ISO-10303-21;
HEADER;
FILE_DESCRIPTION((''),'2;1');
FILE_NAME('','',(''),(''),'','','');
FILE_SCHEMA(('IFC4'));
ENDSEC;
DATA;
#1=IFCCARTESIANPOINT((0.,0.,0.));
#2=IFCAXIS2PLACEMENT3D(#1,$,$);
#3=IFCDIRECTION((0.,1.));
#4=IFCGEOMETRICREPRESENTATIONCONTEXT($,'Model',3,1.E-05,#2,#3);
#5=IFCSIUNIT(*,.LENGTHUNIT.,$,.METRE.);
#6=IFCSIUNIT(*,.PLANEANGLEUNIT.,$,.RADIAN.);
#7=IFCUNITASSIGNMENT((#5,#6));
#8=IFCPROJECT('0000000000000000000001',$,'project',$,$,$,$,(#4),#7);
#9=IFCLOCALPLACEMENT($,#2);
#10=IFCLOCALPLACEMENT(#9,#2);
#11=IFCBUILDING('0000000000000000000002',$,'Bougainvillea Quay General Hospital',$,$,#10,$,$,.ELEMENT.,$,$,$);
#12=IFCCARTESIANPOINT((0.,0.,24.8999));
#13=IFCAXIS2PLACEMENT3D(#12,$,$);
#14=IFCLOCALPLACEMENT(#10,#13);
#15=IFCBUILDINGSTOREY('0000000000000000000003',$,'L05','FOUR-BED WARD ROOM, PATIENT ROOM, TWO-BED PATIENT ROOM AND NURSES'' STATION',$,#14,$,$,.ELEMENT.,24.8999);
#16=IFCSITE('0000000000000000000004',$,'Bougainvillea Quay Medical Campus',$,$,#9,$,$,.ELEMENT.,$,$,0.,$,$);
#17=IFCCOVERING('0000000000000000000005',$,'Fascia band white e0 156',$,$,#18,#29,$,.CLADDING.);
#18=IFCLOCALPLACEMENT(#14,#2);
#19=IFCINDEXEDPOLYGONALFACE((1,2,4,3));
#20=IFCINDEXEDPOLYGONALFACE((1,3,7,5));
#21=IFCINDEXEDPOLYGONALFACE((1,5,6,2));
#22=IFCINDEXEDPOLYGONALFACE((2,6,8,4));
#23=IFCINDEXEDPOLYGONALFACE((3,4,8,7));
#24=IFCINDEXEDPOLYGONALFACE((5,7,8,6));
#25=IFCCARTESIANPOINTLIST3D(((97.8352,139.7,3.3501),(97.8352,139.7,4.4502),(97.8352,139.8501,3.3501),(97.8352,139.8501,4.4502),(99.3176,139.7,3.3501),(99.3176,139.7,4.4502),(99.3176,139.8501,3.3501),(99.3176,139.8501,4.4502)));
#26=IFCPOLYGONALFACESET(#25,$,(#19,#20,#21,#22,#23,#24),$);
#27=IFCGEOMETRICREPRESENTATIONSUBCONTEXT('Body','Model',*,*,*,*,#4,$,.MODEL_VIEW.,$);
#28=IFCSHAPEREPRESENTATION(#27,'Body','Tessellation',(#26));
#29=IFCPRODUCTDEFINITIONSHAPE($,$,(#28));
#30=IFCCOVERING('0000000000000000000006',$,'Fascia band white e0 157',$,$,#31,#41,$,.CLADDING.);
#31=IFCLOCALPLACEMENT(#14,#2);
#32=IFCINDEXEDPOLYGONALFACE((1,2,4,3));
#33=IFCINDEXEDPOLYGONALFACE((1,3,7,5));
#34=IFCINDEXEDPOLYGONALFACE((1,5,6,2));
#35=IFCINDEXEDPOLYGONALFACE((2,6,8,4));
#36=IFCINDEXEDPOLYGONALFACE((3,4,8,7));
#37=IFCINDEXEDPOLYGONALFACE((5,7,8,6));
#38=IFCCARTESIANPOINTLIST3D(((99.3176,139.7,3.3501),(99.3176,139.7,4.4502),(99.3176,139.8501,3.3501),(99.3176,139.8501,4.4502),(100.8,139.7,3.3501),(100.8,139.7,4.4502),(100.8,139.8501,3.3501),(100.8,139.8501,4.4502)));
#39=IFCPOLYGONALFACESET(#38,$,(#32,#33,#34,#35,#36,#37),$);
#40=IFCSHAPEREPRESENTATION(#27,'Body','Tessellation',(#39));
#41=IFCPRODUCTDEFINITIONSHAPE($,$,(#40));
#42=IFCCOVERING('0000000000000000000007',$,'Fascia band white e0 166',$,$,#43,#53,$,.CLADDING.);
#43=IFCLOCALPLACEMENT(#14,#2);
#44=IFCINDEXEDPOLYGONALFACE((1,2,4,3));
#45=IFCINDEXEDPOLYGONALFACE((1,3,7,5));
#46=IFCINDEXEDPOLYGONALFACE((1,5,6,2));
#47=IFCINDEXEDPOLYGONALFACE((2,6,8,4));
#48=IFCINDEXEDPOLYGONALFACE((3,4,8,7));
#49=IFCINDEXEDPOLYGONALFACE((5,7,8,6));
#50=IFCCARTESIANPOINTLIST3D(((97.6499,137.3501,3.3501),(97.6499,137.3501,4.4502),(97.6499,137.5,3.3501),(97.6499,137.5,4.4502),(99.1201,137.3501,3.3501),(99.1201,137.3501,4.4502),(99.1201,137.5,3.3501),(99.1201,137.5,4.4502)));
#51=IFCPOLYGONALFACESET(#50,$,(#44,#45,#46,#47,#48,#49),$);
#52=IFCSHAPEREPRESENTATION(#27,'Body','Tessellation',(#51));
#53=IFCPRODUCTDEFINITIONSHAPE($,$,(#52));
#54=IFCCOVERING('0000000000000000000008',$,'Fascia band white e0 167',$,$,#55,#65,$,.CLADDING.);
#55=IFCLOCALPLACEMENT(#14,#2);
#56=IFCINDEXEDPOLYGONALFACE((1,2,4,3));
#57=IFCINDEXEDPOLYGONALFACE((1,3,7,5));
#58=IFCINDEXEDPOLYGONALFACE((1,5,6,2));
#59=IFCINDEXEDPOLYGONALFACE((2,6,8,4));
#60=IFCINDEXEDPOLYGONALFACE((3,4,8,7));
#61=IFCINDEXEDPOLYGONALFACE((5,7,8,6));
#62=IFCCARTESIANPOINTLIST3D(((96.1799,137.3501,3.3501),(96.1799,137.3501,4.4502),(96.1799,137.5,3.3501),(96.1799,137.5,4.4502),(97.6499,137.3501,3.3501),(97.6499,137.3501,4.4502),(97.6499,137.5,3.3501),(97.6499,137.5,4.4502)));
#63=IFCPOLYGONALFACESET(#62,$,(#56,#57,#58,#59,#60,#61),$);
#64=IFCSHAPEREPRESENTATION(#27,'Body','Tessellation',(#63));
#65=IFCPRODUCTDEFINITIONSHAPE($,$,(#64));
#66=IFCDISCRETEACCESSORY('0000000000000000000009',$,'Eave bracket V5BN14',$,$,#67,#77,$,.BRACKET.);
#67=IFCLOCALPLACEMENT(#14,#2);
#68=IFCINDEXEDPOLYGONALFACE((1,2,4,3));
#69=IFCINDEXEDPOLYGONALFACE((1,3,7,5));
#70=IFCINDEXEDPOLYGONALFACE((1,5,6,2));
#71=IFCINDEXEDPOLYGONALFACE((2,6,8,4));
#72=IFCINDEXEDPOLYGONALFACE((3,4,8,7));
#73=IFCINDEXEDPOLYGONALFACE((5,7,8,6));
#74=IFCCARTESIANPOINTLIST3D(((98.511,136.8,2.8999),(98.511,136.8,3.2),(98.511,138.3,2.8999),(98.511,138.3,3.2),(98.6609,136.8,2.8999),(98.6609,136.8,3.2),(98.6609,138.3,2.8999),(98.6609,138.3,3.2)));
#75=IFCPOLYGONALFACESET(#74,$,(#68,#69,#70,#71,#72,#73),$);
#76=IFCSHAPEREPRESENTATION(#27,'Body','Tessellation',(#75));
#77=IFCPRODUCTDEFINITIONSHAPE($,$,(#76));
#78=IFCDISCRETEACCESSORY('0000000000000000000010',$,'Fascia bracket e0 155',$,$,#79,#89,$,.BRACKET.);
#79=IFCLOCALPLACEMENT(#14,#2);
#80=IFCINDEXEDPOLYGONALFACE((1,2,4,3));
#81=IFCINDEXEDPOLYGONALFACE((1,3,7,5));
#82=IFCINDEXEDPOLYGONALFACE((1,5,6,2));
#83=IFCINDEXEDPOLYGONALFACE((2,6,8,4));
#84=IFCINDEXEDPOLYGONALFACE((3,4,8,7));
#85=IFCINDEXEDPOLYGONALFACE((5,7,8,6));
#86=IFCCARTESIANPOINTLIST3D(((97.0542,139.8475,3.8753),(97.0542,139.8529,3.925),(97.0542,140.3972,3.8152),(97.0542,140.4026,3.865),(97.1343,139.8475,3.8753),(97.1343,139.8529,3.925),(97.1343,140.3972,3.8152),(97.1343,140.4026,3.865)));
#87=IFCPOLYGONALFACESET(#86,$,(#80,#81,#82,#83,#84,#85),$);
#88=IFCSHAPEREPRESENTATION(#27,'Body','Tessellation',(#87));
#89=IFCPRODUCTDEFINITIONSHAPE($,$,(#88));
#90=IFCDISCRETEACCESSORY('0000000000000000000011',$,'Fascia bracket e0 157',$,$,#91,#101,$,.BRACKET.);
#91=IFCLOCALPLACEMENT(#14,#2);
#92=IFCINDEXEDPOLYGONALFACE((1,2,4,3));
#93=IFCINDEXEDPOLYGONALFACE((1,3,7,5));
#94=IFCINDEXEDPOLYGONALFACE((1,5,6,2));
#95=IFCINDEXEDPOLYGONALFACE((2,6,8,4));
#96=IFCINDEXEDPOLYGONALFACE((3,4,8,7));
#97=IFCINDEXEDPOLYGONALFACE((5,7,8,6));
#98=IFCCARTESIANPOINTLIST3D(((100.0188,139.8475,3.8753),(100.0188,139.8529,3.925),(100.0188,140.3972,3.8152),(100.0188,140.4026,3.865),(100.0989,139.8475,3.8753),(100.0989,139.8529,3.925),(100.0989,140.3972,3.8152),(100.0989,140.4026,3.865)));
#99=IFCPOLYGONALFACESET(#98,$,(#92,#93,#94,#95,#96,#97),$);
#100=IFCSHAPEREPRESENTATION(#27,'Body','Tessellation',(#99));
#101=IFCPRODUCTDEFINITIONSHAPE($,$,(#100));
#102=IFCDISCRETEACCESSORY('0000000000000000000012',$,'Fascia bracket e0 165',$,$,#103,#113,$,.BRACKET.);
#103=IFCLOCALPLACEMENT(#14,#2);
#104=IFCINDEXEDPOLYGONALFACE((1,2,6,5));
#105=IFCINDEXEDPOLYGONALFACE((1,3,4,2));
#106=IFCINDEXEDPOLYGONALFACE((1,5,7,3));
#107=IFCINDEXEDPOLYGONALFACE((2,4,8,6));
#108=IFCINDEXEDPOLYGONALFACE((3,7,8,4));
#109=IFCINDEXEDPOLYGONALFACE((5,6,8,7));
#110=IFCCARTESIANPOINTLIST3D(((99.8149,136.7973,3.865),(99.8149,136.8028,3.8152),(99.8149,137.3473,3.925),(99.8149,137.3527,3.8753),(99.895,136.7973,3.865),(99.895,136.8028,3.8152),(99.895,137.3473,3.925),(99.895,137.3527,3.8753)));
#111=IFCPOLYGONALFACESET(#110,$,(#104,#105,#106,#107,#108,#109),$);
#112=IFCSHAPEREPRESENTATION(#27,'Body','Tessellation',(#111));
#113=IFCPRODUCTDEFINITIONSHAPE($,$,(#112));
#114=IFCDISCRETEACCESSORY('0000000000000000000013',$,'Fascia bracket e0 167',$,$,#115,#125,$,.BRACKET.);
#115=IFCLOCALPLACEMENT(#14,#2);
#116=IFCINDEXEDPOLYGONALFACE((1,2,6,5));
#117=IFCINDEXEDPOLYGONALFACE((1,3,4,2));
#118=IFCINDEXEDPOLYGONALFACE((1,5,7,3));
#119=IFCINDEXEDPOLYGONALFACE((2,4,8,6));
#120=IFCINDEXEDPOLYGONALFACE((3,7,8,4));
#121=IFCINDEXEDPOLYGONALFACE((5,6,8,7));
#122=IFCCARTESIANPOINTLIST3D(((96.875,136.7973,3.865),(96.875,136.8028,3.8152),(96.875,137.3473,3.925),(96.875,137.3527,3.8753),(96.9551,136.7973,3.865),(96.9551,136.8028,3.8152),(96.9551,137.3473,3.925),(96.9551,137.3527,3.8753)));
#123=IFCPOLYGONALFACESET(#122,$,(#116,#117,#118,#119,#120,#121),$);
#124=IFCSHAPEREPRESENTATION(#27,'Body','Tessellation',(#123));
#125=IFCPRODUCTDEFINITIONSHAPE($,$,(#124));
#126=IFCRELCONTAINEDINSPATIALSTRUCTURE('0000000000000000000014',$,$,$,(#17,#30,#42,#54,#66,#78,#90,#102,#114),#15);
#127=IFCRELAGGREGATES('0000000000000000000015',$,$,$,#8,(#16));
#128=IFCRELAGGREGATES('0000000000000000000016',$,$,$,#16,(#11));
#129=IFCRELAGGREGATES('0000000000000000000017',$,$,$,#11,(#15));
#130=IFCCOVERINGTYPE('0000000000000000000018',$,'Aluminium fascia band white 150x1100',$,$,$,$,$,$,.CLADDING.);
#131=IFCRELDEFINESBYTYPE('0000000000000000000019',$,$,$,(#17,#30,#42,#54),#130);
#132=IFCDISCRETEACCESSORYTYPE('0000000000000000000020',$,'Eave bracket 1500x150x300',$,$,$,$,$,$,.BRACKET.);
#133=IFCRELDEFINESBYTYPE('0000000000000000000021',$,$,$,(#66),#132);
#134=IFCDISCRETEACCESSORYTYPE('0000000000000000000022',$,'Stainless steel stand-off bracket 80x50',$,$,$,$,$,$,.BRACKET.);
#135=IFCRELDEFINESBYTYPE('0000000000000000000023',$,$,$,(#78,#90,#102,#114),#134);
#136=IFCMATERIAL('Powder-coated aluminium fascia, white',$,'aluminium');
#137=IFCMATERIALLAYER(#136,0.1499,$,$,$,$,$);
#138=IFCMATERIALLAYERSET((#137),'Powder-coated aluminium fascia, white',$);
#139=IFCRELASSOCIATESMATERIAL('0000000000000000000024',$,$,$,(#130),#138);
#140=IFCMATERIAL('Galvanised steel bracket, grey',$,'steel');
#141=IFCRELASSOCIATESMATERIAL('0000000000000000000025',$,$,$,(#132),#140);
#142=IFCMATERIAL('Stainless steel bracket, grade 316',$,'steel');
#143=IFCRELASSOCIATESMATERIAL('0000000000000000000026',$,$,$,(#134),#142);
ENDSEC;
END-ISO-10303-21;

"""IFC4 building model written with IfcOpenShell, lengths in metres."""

from ifc_helpers import new_model, si_unit, direction, frame, origin, origin_2d, place, context, subcontext, project, spatial, polyline, rectangle, outline, extrude, material, layer, layer_set, material_profile, profile_set, type_object, element, save


model = new_model("IFC4")

# Units and contexts
model_context = context("Model", 3, precision=1e-05, world=origin(), true_north=direction((0.0, 1.0)))
body_context = subcontext(model_context, "Body", "Model", "MODEL_VIEW")
ifc_project = project(units=[si_unit("LENGTHUNIT", "METRE"), si_unit("PLANEANGLEUNIT", "RADIAN")], contexts=[model_context])

# Site, building, storey
site_placement = place(None, origin())
site = spatial("IfcSite", under=ifc_project, at=site_placement, Name="Bougainvillea Quay Medical Campus", CompositionType="ELEMENT", RefElevation=0.0)
building_placement = place(site_placement, origin())
building = spatial("IfcBuilding", under=site, at=building_placement, Name="Bougainvillea Quay General Hospital", CompositionType="ELEMENT")
storey_placement = place(building_placement, frame((0.0, 0.0, 24.8999)))
storey = spatial("IfcBuildingStorey", under=building, at=storey_placement, Name="L05", Description="FOUR-BED WARD ROOM, PATIENT ROOM, TWO-BED PATIENT ROOM AND NURSES' STATION", CompositionType="ELEMENT", Elevation=24.8999)

# Coverings
ifc_material_1 = material(Name="Powder-coated aluminium fascia, white", Category="aluminium")
ifc_layer_1 = layer(ifc_material_1, 0.1499)
ifc_layer_set_1 = layer_set([ifc_layer_1], Name="Powder-coated aluminium fascia, white")
covering_type = type_object("IfcCoveringType", Name="Aluminium fascia band white 150x1100", PredefinedType="CLADDING", material=ifc_layer_set_1)
for number, where, z_axis, x_axis, name in (
    (1, (97.8352, 139.8501, 3.3501), (0.0, 0.0, 1.0), (1.0, 0.0, 0.0), "Fascia band white e0 156"),
    (2, (99.3176, 139.8501, 3.3501), (0.0, 0.0, 1.0), (1.0, 0.0, 0.0), "Fascia band white e0 157"),
):
    element("IfcCovering", number, at=place(storey_placement, frame(where, z_axis=z_axis, x_axis=x_axis)), inside=storey, type_object=covering_type, Name=name, PredefinedType="CLADDING", context=body_context, shape_type="SweptSolid", body=[
        extrude(outline(polyline([(0.0, 0.0), (1.4824, 0.0), (1.4824, -0.1501), (0.0, -0.1501), (0.0, 0.0)])), origin(), (0.0, 0.0, 1.0), 1.1001),
    ])
covering_1_placement = place(storey_placement, frame((99.1201, 137.3501, 3.3501), z_axis=(0.0, 0.0, 1.0), x_axis=(-1.0, 0.0, 0.0)))
element("IfcCovering", 3, at=covering_1_placement, inside=storey, type_object=covering_type, Name="Fascia band white e0 166", PredefinedType="CLADDING", context=body_context, shape_type="SweptSolid", body=[
    extrude(outline(polyline([(0.0, 0.0), (1.4702, 0.0), (1.4702, -0.1499), (0.0, -0.1499), (0.0, 0.0)])), origin(), (0.0, 0.0, 1.0), 1.1001),
])
covering_2_placement = place(storey_placement, frame((97.6499, 137.3501, 3.3501), z_axis=(0.0, 0.0, 1.0), x_axis=(-1.0, 0.0, 0.0)))
element("IfcCovering", 4, at=covering_2_placement, inside=storey, type_object=covering_type, Name="Fascia band white e0 167", PredefinedType="CLADDING", context=body_context, shape_type="SweptSolid", body=[
    extrude(outline(polyline([(0.0, 0.0), (1.47, 0.0), (1.47, -0.1499), (0.0, -0.1499), (0.0, 0.0)])), origin(), (0.0, 0.0, 1.0), 1.1001),
])

# Discrete accessories
ifc_material_2 = material(Name="Galvanised steel bracket, grey", Category="steel")
discrete_accessory_type_1 = type_object("IfcDiscreteAccessoryType", Name="Eave bracket 1500x150x300", PredefinedType="BRACKET", material=ifc_material_2)
discrete_accessory_placement = place(storey_placement, frame((98.5859, 137.55, 2.8999), z_axis=(0.0, 0.0, 1.0), x_axis=(1.0, 0.0, 0.0)))
element("IfcDiscreteAccessory", 5, at=discrete_accessory_placement, inside=storey, type_object=discrete_accessory_type_1, Name="Eave bracket V5BN14", PredefinedType="BRACKET", context=body_context, shape_type="SweptSolid", body=[
    extrude(rectangle(XDim=0.1499, YDim=1.5, at=origin_2d()), origin(), (0.0, 0.0, 1.0), 0.3),
])
ifc_material_3 = material(Name="Stainless steel bracket, grade 316", Category="steel")
ifc_material_profile_1 = material_profile(ifc_material_3, rectangle(XDim=0.0801, YDim=0.05, at=origin_2d()))
ifc_profile_set_1 = profile_set([ifc_material_profile_1], Name="Stainless steel bracket, grade 316")
discrete_accessory_type_2 = type_object("IfcDiscreteAccessoryType", Name="Stainless steel stand-off bracket 80x50", PredefinedType="BRACKET", material=ifc_profile_set_1)
for number, where, z_axis, x_axis, name in (
    (6, (97.0942, 140.3999, 3.8401), (0.0, -0.994087, 0.10859), (1.0, 0.0, 0.0), "Fascia bracket e0 155"),
    (7, (100.0588, 140.3999, 3.8401), (0.0, -0.994087, 0.10859), (1.0, 0.0, 0.0), "Fascia bracket e0 157"),
):
    element("IfcDiscreteAccessory", number, at=place(storey_placement, frame(where, z_axis=z_axis, x_axis=x_axis)), inside=storey, type_object=discrete_accessory_type_2, Name=name, PredefinedType="BRACKET", context=body_context, shape_type="SweptSolid", body=[
        extrude(rectangle(XDim=0.0801, YDim=0.05, at=origin_2d()), origin(), (0.0, 0.0, 1.0), 0.553),
    ])
for number, where, z_axis, x_axis, name in (
    (8, (99.855, 136.8, 3.8401), (0.0, 0.994092, 0.108543), (-1.0, 0.0, 0.0), "Fascia bracket e0 165"),
    (9, (96.915, 136.8, 3.8401), (0.0, 0.994092, 0.108543), (-1.0, 0.0, 0.0), "Fascia bracket e0 167"),
):
    element("IfcDiscreteAccessory", number, at=place(storey_placement, frame(where, z_axis=z_axis, x_axis=x_axis)), inside=storey, type_object=discrete_accessory_type_2, Name=name, PredefinedType="BRACKET", context=body_context, shape_type="SweptSolid", body=[
        extrude(rectangle(XDim=0.0801, YDim=0.05, at=origin_2d()), origin(), (0.0, 0.0, 1.0), 0.5532),
    ])

save(model, "model.ifc")
